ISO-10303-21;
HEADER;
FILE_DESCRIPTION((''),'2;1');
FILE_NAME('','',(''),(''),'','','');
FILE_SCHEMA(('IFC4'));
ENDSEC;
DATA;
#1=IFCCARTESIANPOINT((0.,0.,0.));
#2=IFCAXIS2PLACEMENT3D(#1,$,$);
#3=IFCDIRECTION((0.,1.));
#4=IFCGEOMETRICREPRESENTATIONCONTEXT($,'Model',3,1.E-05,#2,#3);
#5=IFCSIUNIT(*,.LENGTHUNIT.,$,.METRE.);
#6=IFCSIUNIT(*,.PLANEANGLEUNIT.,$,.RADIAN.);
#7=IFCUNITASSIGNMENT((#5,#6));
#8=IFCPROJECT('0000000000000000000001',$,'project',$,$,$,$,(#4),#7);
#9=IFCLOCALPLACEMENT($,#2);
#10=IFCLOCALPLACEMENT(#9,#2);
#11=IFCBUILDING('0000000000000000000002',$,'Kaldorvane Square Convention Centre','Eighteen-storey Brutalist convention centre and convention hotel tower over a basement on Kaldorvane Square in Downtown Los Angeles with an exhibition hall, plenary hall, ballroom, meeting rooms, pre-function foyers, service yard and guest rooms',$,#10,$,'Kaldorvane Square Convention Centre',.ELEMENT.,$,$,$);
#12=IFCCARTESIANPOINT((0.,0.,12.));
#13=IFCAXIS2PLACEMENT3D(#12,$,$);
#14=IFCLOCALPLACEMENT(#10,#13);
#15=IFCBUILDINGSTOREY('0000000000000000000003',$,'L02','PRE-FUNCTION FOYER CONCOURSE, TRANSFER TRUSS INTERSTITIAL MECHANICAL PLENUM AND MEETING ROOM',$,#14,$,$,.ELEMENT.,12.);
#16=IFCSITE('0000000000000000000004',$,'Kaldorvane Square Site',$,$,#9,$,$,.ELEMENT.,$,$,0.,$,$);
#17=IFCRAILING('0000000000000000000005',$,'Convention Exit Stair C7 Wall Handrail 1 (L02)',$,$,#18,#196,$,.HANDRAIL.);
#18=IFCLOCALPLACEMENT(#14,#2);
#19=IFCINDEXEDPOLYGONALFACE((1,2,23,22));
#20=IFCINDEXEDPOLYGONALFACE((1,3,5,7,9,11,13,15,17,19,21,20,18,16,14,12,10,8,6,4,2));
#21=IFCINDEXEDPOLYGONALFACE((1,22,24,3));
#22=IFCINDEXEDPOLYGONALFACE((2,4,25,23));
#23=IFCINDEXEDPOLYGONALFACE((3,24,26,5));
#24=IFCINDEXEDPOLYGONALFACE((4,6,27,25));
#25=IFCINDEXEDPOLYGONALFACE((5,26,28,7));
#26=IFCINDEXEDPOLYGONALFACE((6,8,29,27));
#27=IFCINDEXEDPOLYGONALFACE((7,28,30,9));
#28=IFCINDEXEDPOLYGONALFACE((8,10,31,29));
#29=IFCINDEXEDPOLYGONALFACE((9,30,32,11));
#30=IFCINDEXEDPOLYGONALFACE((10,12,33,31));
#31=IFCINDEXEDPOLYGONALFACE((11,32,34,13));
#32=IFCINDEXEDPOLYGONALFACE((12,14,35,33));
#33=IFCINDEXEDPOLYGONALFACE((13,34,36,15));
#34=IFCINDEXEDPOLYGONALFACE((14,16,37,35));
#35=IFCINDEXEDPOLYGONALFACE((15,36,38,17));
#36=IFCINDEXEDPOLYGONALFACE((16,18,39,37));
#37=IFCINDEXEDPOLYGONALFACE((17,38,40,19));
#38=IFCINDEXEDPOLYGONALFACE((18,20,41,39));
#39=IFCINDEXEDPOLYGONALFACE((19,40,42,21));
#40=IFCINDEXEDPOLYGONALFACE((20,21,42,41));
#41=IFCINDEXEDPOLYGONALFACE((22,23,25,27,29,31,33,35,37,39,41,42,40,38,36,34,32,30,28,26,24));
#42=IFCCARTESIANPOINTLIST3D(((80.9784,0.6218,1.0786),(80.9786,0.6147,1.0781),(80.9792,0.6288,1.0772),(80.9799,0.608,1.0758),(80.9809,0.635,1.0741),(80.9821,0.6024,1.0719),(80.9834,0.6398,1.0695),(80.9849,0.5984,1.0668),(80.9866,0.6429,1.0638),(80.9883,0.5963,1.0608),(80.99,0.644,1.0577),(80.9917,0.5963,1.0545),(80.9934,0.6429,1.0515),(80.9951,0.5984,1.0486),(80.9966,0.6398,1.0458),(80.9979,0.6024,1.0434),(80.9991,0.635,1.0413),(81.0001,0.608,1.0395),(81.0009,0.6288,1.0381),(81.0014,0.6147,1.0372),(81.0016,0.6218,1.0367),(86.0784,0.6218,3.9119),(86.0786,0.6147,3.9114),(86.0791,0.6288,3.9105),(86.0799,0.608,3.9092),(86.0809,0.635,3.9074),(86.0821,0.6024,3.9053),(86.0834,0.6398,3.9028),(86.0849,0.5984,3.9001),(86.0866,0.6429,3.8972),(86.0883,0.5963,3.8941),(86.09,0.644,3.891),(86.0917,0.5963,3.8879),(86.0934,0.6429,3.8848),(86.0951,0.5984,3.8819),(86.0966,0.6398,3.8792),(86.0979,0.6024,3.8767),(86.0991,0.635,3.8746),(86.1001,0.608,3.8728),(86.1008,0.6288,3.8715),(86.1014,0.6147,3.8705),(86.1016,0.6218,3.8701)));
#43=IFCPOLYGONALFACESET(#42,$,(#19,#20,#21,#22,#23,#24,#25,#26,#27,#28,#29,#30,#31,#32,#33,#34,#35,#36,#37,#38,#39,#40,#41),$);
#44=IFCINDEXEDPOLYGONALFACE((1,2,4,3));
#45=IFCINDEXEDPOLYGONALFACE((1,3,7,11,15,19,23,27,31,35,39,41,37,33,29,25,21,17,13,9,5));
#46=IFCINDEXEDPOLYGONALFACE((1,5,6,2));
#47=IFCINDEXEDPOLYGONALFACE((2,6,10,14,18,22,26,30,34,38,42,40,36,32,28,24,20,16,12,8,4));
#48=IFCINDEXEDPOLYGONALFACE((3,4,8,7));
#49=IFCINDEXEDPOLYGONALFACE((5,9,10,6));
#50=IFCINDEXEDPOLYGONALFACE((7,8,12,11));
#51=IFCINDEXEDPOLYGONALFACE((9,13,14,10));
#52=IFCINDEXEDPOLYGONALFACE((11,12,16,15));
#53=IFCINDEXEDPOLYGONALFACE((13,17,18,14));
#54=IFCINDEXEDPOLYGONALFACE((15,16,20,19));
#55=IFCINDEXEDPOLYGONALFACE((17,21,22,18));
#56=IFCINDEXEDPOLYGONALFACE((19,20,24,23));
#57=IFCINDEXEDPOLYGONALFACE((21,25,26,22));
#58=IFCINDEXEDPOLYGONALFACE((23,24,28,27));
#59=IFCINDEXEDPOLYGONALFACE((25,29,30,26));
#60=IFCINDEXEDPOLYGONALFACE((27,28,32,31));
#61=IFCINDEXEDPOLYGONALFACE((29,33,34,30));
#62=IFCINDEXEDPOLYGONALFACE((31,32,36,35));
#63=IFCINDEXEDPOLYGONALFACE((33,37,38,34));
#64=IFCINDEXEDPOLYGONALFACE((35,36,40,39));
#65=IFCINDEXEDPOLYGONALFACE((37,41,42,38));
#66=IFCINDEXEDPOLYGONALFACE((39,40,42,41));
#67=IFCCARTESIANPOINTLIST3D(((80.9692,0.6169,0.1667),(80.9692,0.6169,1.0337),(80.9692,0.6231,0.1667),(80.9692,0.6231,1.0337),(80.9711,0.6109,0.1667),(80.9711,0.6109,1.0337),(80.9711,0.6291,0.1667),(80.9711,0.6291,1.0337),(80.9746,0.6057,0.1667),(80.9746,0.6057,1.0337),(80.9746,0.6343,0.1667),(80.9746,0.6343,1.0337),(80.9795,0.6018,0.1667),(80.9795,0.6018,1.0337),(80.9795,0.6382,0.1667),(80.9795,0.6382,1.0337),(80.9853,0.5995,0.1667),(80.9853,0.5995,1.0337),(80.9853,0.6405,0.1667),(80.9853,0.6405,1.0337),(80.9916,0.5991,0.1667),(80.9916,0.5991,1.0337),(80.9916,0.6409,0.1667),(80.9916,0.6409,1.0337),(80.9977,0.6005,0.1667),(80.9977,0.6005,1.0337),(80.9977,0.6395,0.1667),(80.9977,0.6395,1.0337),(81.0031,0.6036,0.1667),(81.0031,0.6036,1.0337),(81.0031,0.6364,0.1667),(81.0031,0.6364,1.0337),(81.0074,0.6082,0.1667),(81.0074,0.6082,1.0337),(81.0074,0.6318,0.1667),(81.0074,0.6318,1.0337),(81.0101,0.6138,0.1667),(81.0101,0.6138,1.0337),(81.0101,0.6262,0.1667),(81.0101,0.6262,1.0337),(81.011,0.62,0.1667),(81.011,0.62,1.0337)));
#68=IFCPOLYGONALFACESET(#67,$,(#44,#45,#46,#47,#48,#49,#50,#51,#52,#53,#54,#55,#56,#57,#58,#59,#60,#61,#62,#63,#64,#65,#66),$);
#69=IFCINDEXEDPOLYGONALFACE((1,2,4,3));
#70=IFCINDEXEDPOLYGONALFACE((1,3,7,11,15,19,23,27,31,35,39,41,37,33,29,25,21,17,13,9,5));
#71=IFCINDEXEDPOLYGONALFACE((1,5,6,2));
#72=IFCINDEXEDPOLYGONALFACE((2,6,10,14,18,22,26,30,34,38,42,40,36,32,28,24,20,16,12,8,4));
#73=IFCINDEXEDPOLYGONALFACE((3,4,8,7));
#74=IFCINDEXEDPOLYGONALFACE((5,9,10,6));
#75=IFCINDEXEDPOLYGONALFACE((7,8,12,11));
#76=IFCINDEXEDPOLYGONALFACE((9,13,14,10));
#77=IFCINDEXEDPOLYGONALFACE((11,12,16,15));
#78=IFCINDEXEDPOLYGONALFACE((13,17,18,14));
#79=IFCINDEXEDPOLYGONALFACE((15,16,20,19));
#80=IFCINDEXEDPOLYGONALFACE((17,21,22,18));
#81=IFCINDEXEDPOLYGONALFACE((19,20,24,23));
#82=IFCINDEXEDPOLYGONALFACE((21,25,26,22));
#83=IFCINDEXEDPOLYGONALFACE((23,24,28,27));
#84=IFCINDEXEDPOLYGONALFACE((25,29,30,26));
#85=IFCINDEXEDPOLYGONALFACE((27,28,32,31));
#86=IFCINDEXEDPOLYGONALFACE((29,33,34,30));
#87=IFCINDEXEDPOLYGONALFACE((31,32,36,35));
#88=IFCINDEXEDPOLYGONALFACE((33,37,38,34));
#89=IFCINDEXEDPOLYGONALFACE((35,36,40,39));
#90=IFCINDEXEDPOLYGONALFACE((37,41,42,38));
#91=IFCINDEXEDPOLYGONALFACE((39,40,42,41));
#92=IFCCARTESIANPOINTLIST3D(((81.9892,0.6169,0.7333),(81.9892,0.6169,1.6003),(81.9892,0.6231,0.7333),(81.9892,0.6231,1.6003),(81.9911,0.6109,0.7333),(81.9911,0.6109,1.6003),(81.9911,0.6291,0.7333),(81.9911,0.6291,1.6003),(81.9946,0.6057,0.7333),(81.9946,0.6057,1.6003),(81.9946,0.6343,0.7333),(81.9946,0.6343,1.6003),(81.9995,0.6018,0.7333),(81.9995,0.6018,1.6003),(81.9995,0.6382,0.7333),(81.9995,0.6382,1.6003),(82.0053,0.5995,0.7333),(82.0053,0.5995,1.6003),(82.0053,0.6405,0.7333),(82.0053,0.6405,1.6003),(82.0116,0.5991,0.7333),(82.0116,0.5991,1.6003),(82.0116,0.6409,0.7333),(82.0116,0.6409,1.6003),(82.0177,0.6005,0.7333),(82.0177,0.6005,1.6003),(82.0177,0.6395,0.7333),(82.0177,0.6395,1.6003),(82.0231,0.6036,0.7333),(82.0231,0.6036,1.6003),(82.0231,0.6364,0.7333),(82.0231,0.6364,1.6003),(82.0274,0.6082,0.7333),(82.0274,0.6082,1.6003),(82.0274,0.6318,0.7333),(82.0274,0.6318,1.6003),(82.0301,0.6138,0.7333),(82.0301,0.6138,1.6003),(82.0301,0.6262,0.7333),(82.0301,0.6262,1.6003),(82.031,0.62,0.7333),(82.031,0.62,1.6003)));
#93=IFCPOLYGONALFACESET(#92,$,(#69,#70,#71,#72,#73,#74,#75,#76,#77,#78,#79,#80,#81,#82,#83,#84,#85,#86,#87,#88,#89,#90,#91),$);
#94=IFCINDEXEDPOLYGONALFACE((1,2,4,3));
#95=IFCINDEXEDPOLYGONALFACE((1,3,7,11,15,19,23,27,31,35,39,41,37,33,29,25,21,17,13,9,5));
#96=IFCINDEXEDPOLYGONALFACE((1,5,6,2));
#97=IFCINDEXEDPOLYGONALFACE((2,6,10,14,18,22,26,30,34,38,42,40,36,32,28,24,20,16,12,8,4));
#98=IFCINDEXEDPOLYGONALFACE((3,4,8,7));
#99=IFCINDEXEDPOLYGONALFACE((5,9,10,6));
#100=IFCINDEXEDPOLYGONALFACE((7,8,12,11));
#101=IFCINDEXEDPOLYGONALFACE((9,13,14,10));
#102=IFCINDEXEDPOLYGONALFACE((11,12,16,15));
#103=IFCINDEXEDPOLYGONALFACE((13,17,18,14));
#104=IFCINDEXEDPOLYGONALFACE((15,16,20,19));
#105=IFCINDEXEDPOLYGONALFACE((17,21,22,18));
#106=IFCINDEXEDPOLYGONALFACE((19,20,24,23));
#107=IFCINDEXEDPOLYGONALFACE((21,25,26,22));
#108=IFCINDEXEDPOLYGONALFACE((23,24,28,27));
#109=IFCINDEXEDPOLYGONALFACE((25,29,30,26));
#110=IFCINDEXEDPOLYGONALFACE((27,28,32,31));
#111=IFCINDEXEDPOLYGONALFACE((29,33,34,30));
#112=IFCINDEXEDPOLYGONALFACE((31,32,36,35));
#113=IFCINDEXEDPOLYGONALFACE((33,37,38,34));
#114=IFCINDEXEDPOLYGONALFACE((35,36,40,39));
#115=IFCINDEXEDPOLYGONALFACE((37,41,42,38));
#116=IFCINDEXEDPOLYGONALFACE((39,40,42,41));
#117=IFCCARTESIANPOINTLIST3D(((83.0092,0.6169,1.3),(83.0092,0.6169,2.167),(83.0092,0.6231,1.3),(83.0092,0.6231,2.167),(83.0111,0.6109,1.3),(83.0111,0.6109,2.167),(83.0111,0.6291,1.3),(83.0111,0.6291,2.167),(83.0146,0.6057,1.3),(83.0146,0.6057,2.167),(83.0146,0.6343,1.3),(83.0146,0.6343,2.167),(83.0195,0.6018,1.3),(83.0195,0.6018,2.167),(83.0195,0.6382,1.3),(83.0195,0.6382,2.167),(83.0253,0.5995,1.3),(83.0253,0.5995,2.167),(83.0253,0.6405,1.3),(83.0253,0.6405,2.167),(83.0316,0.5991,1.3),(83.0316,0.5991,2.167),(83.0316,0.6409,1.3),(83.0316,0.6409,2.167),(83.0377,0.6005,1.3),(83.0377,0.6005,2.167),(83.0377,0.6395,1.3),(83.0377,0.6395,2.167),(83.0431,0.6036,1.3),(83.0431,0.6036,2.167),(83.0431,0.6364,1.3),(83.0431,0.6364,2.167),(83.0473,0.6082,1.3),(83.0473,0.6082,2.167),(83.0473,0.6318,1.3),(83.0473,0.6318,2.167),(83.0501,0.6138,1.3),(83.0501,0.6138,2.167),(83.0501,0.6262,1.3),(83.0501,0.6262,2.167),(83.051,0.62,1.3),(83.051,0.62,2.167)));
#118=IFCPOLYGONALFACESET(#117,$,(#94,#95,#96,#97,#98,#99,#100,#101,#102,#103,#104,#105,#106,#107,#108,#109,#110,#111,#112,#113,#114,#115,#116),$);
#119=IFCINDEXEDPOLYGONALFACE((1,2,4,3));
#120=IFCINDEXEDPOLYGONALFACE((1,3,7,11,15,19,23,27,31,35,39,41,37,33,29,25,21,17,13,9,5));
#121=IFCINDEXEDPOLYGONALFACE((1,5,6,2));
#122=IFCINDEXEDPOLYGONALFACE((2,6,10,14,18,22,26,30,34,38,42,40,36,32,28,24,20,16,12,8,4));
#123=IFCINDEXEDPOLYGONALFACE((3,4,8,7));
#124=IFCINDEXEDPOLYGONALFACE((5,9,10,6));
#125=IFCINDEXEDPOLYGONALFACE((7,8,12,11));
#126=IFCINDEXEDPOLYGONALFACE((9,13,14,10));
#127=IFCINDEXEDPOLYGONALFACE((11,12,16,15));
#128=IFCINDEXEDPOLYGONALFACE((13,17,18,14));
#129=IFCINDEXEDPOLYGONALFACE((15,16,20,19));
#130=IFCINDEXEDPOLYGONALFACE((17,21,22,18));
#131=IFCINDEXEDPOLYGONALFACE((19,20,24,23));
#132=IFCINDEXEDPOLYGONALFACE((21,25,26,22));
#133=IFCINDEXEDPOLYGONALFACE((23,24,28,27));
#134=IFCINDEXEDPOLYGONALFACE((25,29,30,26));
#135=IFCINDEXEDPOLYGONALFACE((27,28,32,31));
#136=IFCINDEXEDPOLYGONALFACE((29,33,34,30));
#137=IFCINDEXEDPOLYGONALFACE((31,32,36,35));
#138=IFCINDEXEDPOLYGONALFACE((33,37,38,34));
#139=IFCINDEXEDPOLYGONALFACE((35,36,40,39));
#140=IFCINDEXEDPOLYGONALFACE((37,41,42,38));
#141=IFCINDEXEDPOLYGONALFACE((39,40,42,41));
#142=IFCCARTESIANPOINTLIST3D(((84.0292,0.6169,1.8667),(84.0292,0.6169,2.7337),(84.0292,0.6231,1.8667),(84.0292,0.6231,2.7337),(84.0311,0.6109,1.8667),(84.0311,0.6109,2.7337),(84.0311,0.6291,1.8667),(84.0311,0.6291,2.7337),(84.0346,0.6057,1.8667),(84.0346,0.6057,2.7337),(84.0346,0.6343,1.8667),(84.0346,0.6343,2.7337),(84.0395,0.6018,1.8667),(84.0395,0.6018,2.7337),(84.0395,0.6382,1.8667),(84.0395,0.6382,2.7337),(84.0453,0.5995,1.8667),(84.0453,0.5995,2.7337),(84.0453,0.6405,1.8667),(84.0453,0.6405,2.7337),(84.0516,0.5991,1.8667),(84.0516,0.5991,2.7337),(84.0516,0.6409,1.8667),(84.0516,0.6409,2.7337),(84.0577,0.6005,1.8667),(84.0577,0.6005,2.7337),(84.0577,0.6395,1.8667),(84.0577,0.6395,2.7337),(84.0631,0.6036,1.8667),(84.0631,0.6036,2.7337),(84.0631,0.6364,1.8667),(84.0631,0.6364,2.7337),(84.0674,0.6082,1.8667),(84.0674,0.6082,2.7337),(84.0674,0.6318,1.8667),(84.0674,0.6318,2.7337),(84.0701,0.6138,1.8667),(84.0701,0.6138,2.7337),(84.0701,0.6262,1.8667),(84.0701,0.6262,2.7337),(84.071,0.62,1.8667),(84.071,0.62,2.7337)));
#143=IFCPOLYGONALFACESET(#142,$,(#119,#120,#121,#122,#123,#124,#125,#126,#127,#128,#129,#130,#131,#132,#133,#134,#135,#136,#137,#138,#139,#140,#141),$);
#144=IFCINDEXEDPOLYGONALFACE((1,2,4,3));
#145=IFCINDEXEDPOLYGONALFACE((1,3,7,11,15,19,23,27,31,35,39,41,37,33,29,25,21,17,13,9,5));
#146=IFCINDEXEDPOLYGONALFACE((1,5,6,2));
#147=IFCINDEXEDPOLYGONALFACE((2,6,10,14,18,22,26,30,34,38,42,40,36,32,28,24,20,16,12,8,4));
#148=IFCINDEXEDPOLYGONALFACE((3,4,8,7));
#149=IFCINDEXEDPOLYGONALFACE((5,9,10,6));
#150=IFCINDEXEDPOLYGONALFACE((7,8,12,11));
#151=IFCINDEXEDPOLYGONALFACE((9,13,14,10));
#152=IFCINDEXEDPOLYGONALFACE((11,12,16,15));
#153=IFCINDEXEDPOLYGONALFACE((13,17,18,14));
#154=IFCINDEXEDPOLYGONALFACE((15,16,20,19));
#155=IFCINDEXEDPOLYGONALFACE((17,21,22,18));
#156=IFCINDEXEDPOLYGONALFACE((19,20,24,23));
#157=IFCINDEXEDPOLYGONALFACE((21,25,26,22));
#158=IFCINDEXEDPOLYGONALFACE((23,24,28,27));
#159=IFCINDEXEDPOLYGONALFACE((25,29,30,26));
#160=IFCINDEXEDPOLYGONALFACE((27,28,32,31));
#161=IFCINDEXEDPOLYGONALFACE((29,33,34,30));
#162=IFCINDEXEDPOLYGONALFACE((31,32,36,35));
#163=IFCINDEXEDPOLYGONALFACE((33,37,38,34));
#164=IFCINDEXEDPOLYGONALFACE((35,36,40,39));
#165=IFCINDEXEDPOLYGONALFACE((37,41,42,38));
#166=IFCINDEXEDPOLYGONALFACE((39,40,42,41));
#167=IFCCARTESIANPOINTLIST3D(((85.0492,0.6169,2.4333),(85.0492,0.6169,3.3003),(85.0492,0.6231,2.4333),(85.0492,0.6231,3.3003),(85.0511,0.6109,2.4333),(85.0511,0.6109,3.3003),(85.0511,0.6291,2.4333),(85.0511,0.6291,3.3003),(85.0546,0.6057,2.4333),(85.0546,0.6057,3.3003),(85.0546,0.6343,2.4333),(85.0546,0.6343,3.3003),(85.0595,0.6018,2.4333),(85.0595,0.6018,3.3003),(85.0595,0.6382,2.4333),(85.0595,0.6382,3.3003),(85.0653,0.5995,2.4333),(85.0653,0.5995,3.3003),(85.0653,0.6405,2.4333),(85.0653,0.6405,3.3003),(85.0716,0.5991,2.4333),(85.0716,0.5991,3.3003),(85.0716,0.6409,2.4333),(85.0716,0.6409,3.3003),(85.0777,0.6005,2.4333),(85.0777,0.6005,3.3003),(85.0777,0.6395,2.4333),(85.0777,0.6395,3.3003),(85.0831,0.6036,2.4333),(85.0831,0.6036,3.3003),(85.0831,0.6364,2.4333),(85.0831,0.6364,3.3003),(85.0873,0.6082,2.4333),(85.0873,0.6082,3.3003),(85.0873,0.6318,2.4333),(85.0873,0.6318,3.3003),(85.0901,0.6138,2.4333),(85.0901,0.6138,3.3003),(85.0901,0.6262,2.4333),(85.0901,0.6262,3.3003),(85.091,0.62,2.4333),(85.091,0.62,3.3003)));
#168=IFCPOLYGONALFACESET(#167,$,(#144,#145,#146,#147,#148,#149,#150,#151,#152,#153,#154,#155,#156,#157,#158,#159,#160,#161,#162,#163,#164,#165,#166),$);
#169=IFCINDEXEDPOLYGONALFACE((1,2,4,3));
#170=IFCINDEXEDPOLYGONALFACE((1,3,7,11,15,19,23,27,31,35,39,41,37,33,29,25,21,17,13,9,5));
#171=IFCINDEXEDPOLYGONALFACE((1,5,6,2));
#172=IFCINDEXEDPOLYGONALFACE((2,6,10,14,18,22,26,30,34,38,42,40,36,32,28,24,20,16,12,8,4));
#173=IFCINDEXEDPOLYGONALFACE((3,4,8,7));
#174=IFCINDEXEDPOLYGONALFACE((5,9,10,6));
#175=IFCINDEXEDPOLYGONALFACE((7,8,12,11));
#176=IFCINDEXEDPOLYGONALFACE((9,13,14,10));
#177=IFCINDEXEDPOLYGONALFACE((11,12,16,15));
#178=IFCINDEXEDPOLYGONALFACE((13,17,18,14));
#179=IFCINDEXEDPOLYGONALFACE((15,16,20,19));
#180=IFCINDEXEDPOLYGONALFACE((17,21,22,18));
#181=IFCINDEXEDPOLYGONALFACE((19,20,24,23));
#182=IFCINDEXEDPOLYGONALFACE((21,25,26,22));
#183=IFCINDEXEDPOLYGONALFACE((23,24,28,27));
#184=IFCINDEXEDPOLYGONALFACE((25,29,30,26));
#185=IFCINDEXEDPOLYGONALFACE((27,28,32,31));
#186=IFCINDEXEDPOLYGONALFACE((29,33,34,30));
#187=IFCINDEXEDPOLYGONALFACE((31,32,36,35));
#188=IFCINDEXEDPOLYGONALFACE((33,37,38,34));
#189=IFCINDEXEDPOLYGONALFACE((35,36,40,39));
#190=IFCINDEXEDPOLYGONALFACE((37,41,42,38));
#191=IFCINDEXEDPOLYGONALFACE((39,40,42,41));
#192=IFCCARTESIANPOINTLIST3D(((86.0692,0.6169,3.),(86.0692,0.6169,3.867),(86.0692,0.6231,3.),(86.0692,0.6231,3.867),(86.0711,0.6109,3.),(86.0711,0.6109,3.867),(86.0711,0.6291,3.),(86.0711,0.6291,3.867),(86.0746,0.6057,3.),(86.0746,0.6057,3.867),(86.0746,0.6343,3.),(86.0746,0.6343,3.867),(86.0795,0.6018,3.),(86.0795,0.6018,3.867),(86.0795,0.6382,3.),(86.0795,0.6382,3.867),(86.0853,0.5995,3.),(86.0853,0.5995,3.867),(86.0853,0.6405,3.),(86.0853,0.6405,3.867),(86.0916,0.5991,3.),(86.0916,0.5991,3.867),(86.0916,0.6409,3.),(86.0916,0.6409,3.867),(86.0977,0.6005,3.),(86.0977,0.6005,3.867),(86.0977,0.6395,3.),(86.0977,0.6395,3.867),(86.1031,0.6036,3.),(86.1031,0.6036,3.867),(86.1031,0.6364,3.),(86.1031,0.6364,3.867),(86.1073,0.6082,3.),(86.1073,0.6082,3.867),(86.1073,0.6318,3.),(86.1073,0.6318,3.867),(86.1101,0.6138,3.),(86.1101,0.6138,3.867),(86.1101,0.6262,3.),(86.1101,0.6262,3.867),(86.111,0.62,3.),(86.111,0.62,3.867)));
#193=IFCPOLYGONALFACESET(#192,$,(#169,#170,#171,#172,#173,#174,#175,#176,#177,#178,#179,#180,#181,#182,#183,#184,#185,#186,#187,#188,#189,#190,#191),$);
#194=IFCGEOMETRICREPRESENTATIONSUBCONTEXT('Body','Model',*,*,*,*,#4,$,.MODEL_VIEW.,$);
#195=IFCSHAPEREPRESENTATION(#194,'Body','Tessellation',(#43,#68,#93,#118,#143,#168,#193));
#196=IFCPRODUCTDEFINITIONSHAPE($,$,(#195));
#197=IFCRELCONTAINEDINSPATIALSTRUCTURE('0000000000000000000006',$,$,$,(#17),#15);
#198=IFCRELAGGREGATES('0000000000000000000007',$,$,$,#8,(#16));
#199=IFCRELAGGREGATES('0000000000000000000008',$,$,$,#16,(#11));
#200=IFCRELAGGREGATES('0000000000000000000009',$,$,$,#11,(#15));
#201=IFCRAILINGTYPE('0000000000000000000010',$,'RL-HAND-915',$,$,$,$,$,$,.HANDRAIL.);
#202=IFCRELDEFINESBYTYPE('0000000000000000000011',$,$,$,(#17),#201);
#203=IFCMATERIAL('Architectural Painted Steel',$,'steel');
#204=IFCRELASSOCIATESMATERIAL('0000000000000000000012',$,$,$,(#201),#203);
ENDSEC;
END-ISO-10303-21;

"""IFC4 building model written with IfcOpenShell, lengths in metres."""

from ifc_helpers import new_model, si_unit, direction, frame, origin, origin_2d, place, context, subcontext, project, spatial, circle, extrude, material, type_object, element, save


model = new_model("IFC4")

# Units and contexts
model_context = context("Model", 3, precision=1e-05, world=origin(), true_north=direction((0.0, 1.0)))
body_context = subcontext(model_context, "Body", "Model", "MODEL_VIEW")
ifc_project = project(units=[si_unit("LENGTHUNIT", "METRE"), si_unit("PLANEANGLEUNIT", "RADIAN")], contexts=[model_context])

# Site, building, storey
site_placement = place(None, origin())
site = spatial("IfcSite", under=ifc_project, at=site_placement, Name="Kaldorvane Square Site", CompositionType="ELEMENT", RefElevation=0.0)
building_placement = place(site_placement, origin())
building = spatial("IfcBuilding", under=site, at=building_placement, Name="Kaldorvane Square Convention Centre", Description="Eighteen-storey Brutalist convention centre and convention hotel tower over a basement on Kaldorvane Square in Downtown Los Angeles with an exhibition hall, plenary hall, ballroom, meeting rooms, pre-function foyers, service yard and guest rooms", LongName="Kaldorvane Square Convention Centre", CompositionType="ELEMENT")
storey_placement = place(building_placement, frame((0.0, 0.0, 12.0)))
storey = spatial("IfcBuildingStorey", under=building, at=storey_placement, Name="L02", Description="PRE-FUNCTION FOYER CONCOURSE, TRANSFER TRUSS INTERSTITIAL MECHANICAL PLENUM AND MEETING ROOM", CompositionType="ELEMENT", Elevation=12.0)

# Railing
ifc_material_1 = material(Name="Architectural Painted Steel", Category="steel")
railing_type_1 = type_object("IfcRailingType", Name="RL-HAND-915", PredefinedType="HANDRAIL", material=ifc_material_1)
railing_1_placement = place(storey_placement, frame((80.99, 0.62, 0.1667)))
element("IfcRailing", 1, at=railing_1_placement, inside=storey, type_object=railing_type_1, Name="Convention Exit Stair C7 Wall Handrail 1 (L02)", PredefinedType="HANDRAIL", context=body_context, shape_type="SweptSolid", body=[
    extrude(circle(Radius=0.024, at=origin_2d()), frame((0.0, 0.0, 0.891), z_axis=(0.874157, 0.0, 0.485643), x_axis=(0.0, 1.0, 0.0)), (0.0, 0.0, 1.0), 5.8342),
    extrude(circle(Radius=0.021, at=origin_2d()), origin(), (0.0, 0.0, 1.0), 0.867),
    extrude(circle(Radius=0.021, at=origin_2d()), frame((1.02, 0.0, 0.5667)), (0.0, 0.0, 1.0), 0.867),
    extrude(circle(Radius=0.021, at=origin_2d()), frame((2.04, 0.0, 1.1333)), (0.0, 0.0, 1.0), 0.867),
    extrude(circle(Radius=0.021, at=origin_2d()), frame((3.06, 0.0, 1.7)), (0.0, 0.0, 1.0), 0.867),
    extrude(circle(Radius=0.021, at=origin_2d()), frame((4.08, 0.0, 2.2667)), (0.0, 0.0, 1.0), 0.867),
    extrude(circle(Radius=0.021, at=origin_2d()), frame((5.1, 0.0, 2.8333)), (0.0, 0.0, 1.0), 0.867),
])

save(model, "model.ifc")
